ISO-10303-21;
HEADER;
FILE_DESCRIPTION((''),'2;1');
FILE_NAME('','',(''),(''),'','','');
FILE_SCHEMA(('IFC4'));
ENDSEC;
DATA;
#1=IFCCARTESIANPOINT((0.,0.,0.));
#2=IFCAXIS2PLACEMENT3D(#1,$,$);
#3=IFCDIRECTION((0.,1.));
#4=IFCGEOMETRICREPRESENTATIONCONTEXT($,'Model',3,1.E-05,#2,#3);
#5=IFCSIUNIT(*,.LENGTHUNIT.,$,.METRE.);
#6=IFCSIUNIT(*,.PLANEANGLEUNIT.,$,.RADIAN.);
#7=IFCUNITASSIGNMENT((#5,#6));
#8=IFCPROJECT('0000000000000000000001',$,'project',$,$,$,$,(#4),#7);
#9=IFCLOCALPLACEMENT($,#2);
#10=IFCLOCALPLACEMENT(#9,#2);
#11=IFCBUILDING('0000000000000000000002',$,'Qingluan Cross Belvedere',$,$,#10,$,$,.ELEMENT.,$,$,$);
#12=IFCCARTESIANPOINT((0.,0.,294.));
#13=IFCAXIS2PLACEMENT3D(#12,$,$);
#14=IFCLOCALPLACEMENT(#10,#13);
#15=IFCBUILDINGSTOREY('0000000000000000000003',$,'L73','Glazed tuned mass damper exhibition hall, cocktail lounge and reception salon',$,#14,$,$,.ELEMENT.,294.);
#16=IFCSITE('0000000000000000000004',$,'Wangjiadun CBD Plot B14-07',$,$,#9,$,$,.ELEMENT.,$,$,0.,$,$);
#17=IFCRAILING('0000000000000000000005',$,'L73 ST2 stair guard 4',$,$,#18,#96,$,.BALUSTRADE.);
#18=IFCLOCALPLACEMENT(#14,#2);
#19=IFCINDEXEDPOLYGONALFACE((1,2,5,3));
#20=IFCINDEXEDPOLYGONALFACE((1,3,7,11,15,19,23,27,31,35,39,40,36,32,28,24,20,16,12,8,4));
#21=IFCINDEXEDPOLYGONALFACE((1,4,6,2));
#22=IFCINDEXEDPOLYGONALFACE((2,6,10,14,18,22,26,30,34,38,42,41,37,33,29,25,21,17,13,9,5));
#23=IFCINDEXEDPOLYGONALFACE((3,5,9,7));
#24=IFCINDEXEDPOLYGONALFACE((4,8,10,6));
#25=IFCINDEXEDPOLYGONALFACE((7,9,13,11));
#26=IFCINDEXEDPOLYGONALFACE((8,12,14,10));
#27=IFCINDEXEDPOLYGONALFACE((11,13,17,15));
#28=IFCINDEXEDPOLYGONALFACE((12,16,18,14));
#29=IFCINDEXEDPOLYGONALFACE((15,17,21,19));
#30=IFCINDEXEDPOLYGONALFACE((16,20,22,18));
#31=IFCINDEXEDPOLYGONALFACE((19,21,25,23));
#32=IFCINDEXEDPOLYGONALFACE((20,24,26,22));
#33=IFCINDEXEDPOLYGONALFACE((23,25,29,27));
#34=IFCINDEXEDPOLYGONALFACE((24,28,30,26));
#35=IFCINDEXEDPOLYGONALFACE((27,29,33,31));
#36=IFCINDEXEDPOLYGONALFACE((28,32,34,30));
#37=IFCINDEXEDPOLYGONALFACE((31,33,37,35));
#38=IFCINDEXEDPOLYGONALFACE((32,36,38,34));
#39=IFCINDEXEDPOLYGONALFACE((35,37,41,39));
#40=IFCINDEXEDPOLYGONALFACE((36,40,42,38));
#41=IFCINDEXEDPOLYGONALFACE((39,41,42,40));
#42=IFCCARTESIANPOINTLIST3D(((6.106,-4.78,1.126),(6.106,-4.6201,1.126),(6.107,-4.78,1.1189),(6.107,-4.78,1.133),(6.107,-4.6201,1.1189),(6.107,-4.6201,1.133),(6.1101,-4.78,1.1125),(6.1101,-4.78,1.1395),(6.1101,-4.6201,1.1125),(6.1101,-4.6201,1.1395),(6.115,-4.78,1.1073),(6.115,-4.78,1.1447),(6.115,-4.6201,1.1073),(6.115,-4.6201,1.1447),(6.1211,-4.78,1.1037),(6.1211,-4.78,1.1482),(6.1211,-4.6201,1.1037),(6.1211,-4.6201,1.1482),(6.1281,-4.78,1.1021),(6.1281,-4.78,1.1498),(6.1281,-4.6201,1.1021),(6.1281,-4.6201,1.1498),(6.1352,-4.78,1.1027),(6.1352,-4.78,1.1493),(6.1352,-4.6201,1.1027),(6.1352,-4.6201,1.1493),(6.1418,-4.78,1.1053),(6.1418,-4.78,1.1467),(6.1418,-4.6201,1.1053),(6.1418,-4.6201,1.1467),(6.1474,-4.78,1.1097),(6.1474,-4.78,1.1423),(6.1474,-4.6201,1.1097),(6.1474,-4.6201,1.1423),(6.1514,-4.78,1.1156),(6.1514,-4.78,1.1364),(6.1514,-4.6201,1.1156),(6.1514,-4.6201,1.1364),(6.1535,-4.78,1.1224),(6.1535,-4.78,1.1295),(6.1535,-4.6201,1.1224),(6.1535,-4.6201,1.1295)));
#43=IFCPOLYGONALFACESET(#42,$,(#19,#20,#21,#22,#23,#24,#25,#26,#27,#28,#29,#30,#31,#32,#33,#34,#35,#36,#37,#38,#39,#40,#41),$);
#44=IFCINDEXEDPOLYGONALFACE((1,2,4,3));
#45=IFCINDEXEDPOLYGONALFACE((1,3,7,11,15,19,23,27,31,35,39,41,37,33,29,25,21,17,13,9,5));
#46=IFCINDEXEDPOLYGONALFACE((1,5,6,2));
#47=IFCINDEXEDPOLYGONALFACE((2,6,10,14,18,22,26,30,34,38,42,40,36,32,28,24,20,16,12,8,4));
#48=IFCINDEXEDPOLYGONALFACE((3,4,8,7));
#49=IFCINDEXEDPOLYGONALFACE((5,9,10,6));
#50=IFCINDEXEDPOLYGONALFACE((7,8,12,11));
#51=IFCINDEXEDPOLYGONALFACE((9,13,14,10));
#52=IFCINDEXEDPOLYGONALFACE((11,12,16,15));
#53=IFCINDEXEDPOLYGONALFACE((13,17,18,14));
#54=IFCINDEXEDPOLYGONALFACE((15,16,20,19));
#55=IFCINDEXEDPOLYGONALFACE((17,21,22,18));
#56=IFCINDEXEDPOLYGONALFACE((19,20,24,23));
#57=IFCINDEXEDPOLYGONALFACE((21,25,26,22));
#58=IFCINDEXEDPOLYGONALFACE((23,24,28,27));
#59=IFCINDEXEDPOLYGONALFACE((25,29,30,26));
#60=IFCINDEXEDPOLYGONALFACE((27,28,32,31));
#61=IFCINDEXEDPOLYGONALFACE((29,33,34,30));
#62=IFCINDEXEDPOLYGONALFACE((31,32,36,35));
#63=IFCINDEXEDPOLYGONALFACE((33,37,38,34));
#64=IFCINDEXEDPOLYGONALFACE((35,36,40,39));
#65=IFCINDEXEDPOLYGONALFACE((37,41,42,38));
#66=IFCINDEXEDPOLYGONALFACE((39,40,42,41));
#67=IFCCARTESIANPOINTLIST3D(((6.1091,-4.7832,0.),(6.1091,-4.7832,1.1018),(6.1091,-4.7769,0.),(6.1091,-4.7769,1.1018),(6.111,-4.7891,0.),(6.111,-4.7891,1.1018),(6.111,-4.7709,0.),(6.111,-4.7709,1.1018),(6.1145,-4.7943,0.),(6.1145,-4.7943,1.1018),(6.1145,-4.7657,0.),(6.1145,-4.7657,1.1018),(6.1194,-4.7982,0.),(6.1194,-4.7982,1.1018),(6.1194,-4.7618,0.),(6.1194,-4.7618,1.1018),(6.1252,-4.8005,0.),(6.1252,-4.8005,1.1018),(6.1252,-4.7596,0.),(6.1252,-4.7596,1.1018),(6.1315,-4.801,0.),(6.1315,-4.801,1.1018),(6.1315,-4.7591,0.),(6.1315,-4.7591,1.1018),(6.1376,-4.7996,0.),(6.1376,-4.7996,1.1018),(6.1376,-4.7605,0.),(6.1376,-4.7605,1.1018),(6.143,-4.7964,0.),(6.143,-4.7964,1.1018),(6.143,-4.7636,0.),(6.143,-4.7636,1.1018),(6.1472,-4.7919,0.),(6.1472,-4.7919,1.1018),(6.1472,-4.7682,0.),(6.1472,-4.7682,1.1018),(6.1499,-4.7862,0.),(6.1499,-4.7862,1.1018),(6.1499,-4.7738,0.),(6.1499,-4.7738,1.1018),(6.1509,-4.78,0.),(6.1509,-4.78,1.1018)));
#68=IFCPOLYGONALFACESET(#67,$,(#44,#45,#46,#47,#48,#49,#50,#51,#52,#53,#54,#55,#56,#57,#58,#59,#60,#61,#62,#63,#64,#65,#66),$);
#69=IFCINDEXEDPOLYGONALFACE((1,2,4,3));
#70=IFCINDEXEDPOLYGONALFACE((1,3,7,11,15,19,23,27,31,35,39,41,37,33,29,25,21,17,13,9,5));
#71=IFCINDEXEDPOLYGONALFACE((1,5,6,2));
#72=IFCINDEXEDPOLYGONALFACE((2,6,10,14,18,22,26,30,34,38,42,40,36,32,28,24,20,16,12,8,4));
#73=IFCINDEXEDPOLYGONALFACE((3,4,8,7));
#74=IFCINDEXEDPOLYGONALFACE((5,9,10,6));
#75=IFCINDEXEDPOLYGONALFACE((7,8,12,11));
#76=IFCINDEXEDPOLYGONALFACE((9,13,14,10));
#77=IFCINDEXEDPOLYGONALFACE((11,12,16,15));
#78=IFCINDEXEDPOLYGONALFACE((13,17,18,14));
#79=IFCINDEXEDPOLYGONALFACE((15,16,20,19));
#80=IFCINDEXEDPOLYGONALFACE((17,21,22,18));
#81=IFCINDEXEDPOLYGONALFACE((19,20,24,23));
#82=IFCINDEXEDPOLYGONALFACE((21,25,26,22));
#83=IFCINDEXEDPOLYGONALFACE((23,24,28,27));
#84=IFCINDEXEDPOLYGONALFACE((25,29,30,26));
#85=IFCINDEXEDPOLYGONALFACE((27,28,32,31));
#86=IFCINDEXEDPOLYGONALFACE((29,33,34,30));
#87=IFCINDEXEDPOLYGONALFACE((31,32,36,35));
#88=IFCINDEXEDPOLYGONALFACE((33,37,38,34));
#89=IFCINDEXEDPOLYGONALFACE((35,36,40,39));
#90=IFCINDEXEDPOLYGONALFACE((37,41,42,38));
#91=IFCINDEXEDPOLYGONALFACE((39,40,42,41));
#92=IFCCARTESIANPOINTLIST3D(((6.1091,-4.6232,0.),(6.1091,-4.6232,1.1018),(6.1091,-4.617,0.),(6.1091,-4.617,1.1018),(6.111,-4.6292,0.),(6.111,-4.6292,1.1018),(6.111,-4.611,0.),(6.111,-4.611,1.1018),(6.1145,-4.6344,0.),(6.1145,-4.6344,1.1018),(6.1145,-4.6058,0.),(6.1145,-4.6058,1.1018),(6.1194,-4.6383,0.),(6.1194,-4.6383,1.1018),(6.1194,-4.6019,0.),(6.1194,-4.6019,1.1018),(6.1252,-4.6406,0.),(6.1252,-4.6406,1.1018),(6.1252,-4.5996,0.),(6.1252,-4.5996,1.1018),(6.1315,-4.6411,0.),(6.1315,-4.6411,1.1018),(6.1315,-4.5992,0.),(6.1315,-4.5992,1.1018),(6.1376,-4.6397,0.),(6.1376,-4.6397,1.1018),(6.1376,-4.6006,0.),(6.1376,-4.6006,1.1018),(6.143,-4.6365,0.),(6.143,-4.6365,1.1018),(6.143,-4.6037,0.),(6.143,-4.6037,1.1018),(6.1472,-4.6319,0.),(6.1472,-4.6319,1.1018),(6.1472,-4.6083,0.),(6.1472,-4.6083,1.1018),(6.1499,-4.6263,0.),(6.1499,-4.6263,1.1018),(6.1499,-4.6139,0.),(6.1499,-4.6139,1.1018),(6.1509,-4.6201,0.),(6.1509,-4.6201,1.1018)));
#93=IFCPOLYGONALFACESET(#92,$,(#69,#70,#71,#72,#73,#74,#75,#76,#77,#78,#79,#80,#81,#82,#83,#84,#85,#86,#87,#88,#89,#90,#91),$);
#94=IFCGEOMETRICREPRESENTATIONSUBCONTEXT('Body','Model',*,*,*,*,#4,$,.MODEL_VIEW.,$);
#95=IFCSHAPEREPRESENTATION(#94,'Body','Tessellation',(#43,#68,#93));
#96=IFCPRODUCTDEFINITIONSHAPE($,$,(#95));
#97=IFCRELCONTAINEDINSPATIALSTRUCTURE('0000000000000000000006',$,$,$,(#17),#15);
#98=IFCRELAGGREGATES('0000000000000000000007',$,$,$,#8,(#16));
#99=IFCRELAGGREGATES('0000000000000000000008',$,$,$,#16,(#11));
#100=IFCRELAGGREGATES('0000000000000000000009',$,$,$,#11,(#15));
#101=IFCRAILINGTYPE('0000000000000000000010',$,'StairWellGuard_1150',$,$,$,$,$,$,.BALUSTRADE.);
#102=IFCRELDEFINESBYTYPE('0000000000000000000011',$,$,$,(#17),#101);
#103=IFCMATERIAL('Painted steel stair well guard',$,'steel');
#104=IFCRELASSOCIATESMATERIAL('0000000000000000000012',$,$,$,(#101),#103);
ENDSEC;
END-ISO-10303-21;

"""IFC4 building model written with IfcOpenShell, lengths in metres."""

from ifc_helpers import new_model, si_unit, direction, frame, origin, origin_2d, place, context, subcontext, project, spatial, circle, extrude, material, type_object, element, save


model = new_model("IFC4")

# Units and contexts
model_context = context("Model", 3, precision=1e-05, world=origin(), true_north=direction((0.0, 1.0)))
body_context = subcontext(model_context, "Body", "Model", "MODEL_VIEW")
ifc_project = project(units=[si_unit("LENGTHUNIT", "METRE"), si_unit("PLANEANGLEUNIT", "RADIAN")], contexts=[model_context])

# Site, building, storey
site_placement = place(None, origin())
site = spatial("IfcSite", under=ifc_project, at=site_placement, Name="Wangjiadun CBD Plot B14-07", CompositionType="ELEMENT", RefElevation=0.0)
building_placement = place(site_placement, origin())
building = spatial("IfcBuilding", under=site, at=building_placement, Name="Qingluan Cross Belvedere", CompositionType="ELEMENT")
storey_placement = place(building_placement, frame((0.0, 0.0, 294.0)))
storey = spatial("IfcBuildingStorey", under=building, at=storey_placement, Name="L73", Description="Glazed tuned mass damper exhibition hall, cocktail lounge and reception salon", CompositionType="ELEMENT", Elevation=294.0)

# Railing
ifc_material_1 = material(Name="Painted steel stair well guard", Category="steel")
railing_type_1 = type_object("IfcRailingType", Name="StairWellGuard_1150", PredefinedType="BALUSTRADE", material=ifc_material_1)
railing_1_placement = place(storey_placement, frame((6.1299, -4.78, 0.0)))
element("IfcRailing", 1, at=railing_1_placement, inside=storey, type_object=railing_type_1, Name="L73 ST2 stair guard 4", PredefinedType="BALUSTRADE", context=body_context, shape_type="SweptSolid", body=[
    extrude(circle(Radius=0.0239, at=origin_2d()), frame((0.0, 0.0, 1.126), z_axis=(0.0, 1.0, 0.0), x_axis=(-1.0, 0.0, 0.0)), (0.0, 0.0, 1.0), 0.1599),
    extrude(circle(Radius=0.021, at=origin_2d()), origin(), (0.0, 0.0, 1.0), 1.1018),
    extrude(circle(Radius=0.021, at=origin_2d()), frame((0.0, 0.1599, 0.0)), (0.0, 0.0, 1.0), 1.1018),
])

save(model, "model.ifc")
